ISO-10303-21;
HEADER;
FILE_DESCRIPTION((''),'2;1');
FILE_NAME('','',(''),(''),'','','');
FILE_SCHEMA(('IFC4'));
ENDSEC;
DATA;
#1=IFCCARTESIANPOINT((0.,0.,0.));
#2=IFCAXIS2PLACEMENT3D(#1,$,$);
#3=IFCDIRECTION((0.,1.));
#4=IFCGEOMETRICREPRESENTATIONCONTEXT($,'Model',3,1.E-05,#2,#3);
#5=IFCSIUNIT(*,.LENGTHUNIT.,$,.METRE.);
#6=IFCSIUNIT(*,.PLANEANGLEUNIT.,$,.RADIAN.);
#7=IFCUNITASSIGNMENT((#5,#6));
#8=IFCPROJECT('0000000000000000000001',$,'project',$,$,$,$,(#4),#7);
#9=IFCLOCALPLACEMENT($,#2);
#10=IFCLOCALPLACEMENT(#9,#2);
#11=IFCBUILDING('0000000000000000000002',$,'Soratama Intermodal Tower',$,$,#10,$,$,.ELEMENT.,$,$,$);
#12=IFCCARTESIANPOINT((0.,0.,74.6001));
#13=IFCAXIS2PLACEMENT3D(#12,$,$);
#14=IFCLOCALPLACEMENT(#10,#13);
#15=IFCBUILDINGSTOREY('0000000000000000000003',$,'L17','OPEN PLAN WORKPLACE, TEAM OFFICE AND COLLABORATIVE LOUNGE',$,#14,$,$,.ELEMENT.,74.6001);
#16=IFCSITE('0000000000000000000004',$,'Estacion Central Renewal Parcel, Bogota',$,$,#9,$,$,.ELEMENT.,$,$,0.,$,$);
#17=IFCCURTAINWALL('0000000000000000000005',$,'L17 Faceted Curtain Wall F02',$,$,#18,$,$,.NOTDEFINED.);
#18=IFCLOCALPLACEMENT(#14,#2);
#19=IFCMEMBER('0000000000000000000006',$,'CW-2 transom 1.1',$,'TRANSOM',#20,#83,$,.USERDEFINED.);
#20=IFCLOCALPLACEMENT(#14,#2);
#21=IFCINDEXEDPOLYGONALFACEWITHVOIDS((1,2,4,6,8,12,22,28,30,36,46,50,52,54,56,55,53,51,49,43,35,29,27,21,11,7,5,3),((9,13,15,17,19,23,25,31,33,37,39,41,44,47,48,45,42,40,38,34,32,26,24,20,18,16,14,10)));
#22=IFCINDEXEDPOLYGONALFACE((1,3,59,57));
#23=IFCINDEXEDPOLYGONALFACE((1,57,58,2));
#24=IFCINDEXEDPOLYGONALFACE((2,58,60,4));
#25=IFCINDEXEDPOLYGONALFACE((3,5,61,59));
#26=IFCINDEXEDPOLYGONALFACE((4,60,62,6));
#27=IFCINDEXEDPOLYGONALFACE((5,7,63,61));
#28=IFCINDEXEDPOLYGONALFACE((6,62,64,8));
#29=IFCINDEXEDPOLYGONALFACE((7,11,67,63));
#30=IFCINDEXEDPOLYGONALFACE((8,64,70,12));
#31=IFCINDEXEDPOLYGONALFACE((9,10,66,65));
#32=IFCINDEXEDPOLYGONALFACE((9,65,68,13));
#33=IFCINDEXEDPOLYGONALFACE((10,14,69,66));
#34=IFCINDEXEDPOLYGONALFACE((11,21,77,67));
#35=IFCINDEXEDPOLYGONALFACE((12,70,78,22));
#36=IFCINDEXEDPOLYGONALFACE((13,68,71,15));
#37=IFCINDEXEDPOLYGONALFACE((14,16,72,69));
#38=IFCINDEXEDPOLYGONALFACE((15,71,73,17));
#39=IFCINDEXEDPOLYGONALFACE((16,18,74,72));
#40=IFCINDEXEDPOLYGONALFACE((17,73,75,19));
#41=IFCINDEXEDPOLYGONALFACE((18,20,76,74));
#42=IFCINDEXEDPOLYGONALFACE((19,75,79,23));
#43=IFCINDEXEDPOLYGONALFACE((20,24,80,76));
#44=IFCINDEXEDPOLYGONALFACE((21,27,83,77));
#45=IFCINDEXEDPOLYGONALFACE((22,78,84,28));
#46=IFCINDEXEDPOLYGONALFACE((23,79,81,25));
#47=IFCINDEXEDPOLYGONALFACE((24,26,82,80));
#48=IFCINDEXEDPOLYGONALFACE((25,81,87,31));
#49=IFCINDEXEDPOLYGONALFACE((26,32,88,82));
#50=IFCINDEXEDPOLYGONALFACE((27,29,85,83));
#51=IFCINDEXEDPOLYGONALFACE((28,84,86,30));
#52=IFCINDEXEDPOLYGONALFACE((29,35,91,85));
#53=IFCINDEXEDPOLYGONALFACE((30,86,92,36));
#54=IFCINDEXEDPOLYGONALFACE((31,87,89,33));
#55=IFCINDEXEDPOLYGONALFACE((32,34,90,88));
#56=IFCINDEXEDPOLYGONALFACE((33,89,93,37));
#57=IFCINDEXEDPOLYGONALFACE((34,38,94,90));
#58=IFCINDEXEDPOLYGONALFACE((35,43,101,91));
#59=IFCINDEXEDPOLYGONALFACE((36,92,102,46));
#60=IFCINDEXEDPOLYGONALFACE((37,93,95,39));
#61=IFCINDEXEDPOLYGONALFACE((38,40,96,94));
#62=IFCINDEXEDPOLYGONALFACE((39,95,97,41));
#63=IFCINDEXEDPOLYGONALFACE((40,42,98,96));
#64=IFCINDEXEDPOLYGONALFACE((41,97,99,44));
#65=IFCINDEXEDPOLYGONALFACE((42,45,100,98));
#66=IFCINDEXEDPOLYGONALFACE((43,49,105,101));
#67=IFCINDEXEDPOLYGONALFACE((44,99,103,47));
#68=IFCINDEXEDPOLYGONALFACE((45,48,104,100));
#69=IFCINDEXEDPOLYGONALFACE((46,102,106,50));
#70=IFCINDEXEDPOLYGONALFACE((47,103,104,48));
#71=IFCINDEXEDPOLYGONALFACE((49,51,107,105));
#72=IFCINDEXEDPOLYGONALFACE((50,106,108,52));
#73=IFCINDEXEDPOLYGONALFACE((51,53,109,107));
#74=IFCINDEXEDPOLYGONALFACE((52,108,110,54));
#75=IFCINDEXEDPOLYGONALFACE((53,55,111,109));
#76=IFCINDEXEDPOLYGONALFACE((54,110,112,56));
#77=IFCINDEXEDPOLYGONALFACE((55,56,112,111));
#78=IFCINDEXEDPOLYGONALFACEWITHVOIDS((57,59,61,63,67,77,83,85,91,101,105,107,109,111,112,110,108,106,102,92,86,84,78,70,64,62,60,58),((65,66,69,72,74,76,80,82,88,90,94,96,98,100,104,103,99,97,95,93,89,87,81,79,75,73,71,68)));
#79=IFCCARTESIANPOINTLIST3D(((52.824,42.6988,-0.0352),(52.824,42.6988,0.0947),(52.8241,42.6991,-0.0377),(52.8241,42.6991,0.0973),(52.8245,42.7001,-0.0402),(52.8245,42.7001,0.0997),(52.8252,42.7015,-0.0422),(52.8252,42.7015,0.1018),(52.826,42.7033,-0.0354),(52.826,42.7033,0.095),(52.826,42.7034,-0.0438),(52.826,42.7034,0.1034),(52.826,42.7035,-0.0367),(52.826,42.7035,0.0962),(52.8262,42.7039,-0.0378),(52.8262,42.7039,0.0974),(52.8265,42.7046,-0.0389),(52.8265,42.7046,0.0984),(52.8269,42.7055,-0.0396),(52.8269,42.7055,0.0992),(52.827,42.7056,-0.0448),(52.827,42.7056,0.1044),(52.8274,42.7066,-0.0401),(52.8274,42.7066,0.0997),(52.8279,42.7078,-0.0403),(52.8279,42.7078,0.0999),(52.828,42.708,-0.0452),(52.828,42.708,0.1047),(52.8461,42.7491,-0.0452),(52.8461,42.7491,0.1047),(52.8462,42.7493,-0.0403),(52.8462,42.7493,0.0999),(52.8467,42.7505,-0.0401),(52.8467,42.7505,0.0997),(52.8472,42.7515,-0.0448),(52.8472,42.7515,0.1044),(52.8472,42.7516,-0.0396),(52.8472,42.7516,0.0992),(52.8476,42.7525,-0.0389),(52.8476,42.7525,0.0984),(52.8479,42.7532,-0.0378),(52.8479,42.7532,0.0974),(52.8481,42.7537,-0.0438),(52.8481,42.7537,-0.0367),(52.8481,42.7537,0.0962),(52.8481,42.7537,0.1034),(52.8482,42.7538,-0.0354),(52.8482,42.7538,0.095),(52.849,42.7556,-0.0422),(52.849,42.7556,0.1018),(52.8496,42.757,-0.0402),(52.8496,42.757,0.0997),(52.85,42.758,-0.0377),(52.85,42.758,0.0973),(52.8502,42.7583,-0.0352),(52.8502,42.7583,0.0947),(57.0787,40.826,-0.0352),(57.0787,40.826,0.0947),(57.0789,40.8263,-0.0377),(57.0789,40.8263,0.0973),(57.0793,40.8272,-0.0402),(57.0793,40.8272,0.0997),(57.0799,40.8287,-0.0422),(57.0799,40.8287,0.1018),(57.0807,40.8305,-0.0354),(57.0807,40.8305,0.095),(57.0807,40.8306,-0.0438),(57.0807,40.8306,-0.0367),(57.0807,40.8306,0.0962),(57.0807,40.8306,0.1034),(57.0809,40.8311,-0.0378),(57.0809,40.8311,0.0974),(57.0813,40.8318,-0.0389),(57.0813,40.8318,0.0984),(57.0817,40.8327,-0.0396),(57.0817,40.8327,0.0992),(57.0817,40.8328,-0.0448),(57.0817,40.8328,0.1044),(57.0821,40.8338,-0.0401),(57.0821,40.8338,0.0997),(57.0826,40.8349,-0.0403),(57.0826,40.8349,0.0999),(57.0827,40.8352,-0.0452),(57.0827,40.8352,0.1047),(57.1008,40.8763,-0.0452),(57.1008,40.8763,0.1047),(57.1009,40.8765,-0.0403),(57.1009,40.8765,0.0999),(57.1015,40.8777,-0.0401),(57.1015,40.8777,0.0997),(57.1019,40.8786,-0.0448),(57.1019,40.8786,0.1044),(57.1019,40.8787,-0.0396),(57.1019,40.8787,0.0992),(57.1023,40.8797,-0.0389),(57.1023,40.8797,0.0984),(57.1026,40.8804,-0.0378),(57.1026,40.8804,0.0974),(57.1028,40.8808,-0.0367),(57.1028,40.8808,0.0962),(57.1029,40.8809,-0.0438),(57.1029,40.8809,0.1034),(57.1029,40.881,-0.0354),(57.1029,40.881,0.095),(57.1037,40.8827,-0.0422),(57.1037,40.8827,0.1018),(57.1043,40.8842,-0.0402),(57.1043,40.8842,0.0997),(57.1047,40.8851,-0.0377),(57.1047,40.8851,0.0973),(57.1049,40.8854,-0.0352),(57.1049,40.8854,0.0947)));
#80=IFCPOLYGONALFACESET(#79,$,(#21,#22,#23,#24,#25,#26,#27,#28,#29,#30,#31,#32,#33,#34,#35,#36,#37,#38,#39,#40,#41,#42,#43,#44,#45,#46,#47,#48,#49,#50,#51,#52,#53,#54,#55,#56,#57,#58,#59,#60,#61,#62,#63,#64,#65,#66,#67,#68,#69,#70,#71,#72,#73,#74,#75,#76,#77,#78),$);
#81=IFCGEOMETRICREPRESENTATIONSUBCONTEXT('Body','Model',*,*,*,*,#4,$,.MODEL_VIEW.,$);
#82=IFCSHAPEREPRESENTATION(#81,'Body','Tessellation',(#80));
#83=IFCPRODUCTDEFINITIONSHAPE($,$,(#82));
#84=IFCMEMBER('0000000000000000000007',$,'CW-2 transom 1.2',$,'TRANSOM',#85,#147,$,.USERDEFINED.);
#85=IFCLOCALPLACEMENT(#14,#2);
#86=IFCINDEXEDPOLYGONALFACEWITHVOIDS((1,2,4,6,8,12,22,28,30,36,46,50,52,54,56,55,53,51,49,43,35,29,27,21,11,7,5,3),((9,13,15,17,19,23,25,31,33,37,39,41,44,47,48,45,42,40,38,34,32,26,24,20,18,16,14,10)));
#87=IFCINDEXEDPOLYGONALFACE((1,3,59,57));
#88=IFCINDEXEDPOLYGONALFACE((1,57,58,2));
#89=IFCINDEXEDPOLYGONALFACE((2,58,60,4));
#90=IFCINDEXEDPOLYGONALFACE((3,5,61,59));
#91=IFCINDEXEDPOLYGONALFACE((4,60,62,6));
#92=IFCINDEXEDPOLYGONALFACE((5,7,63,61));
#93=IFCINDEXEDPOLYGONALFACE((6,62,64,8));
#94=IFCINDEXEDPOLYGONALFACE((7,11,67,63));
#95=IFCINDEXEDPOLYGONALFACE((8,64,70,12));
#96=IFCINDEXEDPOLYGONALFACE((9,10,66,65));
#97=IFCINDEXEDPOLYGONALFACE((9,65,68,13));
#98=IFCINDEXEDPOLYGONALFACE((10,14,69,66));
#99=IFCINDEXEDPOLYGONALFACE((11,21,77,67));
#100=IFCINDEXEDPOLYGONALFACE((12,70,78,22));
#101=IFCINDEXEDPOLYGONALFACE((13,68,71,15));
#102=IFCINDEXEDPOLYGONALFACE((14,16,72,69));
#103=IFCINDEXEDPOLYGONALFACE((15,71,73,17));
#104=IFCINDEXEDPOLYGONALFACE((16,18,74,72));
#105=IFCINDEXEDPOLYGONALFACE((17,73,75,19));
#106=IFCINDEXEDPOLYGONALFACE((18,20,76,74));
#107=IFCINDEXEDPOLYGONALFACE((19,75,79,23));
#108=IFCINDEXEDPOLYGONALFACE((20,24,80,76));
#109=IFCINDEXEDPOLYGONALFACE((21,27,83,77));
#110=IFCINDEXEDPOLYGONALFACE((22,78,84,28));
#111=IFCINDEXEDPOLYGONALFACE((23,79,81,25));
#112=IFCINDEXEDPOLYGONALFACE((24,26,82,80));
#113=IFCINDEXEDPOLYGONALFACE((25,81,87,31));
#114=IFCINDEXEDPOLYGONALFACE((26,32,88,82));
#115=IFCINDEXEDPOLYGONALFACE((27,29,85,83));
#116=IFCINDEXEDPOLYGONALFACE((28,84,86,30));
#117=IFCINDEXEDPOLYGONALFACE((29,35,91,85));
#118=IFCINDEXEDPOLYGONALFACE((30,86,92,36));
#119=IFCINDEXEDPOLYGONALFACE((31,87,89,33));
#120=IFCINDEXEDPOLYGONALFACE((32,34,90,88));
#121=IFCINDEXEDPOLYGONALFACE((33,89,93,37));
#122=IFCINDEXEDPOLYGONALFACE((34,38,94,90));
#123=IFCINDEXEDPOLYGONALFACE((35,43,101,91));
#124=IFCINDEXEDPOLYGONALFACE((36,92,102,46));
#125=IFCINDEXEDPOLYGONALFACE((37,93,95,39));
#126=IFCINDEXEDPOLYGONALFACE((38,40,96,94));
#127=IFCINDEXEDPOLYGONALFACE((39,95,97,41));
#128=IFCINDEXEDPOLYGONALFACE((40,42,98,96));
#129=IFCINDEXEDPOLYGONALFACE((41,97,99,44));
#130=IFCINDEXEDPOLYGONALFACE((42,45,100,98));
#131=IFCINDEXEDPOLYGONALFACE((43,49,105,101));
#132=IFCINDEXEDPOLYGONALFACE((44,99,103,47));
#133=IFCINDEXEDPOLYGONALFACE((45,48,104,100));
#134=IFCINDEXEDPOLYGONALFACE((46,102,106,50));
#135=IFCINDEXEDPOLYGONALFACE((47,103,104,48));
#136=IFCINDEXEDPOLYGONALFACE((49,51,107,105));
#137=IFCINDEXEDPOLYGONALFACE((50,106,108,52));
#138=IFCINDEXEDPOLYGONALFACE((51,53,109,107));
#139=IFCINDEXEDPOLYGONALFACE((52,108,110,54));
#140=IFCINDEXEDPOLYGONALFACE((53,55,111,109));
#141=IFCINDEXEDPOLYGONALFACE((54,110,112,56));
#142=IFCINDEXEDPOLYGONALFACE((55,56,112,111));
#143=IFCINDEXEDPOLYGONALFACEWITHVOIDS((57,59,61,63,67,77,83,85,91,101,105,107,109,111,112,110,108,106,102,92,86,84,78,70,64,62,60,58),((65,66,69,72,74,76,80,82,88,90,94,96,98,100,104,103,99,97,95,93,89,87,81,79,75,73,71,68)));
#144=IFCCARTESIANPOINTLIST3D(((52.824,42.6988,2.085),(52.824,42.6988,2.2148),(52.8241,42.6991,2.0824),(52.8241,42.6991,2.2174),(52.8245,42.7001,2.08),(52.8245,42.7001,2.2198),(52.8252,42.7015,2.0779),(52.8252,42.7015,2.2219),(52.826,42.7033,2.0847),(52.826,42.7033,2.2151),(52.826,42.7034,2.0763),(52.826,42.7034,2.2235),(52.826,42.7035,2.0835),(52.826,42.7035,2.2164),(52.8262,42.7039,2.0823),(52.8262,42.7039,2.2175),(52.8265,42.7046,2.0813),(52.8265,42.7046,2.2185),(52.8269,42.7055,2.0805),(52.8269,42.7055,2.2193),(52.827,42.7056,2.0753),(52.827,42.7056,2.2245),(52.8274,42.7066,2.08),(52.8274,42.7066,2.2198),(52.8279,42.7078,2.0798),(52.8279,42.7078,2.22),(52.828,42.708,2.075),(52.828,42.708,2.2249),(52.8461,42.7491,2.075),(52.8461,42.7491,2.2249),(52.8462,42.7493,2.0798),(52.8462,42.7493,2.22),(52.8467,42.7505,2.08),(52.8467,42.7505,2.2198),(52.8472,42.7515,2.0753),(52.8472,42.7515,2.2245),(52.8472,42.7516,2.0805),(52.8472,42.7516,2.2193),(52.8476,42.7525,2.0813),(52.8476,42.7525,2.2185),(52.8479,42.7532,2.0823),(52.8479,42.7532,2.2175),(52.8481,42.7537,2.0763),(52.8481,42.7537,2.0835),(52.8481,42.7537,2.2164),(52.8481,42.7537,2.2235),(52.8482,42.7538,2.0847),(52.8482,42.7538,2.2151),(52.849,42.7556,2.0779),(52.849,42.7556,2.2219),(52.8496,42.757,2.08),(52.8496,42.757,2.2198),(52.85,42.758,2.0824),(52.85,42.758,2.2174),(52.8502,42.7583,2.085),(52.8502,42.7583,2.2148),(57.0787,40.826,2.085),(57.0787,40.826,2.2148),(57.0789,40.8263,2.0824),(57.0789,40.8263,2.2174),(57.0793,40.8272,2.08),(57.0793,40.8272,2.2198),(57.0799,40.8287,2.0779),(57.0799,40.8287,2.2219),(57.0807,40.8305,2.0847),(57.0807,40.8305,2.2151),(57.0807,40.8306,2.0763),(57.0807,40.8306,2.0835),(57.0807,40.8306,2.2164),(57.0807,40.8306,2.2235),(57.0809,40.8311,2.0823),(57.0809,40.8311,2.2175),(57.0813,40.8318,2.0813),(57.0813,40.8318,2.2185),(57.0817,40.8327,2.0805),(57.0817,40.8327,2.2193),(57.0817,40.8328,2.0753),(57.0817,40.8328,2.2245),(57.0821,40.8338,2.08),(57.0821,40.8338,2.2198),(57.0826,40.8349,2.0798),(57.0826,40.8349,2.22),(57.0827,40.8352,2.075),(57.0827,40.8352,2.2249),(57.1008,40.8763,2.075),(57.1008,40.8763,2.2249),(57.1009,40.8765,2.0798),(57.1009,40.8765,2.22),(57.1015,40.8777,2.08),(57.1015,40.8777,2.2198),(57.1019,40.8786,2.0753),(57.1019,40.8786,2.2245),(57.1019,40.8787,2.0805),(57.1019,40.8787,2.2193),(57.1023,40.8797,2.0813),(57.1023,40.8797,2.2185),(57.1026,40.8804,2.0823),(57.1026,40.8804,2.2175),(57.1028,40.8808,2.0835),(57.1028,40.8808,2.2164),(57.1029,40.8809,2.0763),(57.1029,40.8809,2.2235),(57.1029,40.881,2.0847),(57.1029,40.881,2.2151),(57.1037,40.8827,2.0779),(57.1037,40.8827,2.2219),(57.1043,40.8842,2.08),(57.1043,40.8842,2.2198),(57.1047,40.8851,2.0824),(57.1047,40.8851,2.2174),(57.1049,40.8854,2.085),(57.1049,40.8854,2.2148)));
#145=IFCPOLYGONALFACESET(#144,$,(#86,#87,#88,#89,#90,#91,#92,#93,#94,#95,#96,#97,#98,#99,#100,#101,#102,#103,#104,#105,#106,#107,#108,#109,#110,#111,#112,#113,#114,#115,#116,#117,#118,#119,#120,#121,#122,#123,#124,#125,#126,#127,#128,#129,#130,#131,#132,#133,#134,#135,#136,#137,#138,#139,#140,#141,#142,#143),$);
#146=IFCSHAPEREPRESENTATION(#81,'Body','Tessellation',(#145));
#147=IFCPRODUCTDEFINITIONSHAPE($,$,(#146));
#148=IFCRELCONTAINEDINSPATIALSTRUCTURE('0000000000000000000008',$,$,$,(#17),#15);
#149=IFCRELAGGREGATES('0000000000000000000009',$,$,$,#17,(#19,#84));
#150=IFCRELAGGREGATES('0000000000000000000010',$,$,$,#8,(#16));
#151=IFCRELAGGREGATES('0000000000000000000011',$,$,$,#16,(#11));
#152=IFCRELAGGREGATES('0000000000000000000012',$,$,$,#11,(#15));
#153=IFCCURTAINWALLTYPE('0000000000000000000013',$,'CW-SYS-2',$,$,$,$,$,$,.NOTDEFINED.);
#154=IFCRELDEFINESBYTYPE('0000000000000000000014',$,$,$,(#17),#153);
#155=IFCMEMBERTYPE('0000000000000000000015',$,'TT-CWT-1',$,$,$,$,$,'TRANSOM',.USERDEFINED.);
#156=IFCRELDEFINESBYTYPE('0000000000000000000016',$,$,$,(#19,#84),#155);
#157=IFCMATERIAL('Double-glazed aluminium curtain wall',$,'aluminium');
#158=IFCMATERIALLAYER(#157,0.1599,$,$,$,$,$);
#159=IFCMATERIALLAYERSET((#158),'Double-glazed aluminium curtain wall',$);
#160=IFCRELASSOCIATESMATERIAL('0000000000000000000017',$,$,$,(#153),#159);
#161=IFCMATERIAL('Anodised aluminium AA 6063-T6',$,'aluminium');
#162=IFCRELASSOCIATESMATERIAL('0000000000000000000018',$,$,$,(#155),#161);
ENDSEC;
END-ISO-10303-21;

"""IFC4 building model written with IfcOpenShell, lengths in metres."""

from ifc_helpers import new_model, si_unit, direction, frame, origin, origin_2d, place, context, subcontext, project, spatial, hollow_rectangle, extrude, material, layer, layer_set, material_profile, profile_set, type_object, element, aggregate, save


model = new_model("IFC4")

# Units and contexts
model_context = context("Model", 3, precision=1e-05, world=origin(), true_north=direction((0.0, 1.0)))
body_context = subcontext(model_context, "Body", "Model", "MODEL_VIEW")
ifc_project = project(units=[si_unit("LENGTHUNIT", "METRE"), si_unit("PLANEANGLEUNIT", "RADIAN")], contexts=[model_context])

# Site, building, storey
site_placement = place(None, origin())
site = spatial("IfcSite", under=ifc_project, at=site_placement, Name="Estacion Central Renewal Parcel, Bogota", CompositionType="ELEMENT", RefElevation=0.0)
building_placement = place(site_placement, origin())
building = spatial("IfcBuilding", under=site, at=building_placement, Name="Soratama Intermodal Tower", CompositionType="ELEMENT")
storey_placement = place(building_placement, frame((0.0, 0.0, 74.6001)))
storey = spatial("IfcBuildingStorey", under=building, at=storey_placement, Name="L17", Description="OPEN PLAN WORKPLACE, TEAM OFFICE AND COLLABORATIVE LOUNGE", CompositionType="ELEMENT", Elevation=74.6001)

# Curtain wall, members
ifc_material_1 = material(Name="Double-glazed aluminium curtain wall", Category="aluminium")
ifc_layer_1 = layer(ifc_material_1, 0.1599)
ifc_layer_set_1 = layer_set([ifc_layer_1], Name="Double-glazed aluminium curtain wall")
curtain_wall_type = type_object("IfcCurtainWallType", Name="CW-SYS-2", PredefinedType="NOTDEFINED", material=ifc_layer_set_1)
curtain_wall_placement = place(storey_placement, origin())
curtain_wall = element("IfcCurtainWall", 1, at=curtain_wall_placement, inside=storey, type_object=curtain_wall_type, Name="L17 Faceted Curtain Wall F02", PredefinedType="NOTDEFINED")
ifc_material_2 = material(Name="Anodised aluminium AA 6063-T6", Category="aluminium")
ifc_material_profile_1 = material_profile(ifc_material_2, hollow_rectangle(XDim=0.0649, YDim=0.1499, WallThickness=0.0049, InnerFilletRadius=0.0049, OuterFilletRadius=0.01, at=origin_2d()), Name="CWT150X65X5")
ifc_profile_set_1 = profile_set([ifc_material_profile_1], Name="Anodised aluminium AA 6063-T6")
member_type_1 = type_object("IfcMemberType", Name="TT-CWT-1", ElementType="TRANSOM", PredefinedType="USERDEFINED", material=ifc_profile_set_1)
member_1_placement = place(storey_placement, frame((57.0918, 40.8557, 0.0298), z_axis=(-0.915255, 0.402876, 0.0), x_axis=(-0.402876, -0.915255, 0.0)))
member_1 = element("IfcMember", 2, at=member_1_placement, type_object=member_type_1, Name="CW-2 transom 1.1", ObjectType="TRANSOM", PredefinedType="USERDEFINED", context=body_context, shape_type="SweptSolid", body=[
    extrude(hollow_rectangle(XDim=0.0649, YDim=0.1499, WallThickness=0.0049, InnerFilletRadius=0.0049, OuterFilletRadius=0.01, at=origin_2d()), origin(), (0.0, 0.0, 1.0), 4.6487),
])
member_2_placement = place(storey_placement, frame((57.0918, 40.8557, 2.1499), z_axis=(-0.915255, 0.402876, 0.0), x_axis=(-0.402876, -0.915255, 0.0)))
member_2 = element("IfcMember", 3, at=member_2_placement, type_object=member_type_1, Name="CW-2 transom 1.2", ObjectType="TRANSOM", PredefinedType="USERDEFINED", context=body_context, shape_type="SweptSolid", body=[
    extrude(hollow_rectangle(XDim=0.0649, YDim=0.1499, WallThickness=0.0049, InnerFilletRadius=0.0049, OuterFilletRadius=0.01, at=origin_2d()), origin(), (0.0, 0.0, 1.0), 4.6487),
])
aggregate(curtain_wall, [member_1, member_2])

save(model, "model.ifc")
